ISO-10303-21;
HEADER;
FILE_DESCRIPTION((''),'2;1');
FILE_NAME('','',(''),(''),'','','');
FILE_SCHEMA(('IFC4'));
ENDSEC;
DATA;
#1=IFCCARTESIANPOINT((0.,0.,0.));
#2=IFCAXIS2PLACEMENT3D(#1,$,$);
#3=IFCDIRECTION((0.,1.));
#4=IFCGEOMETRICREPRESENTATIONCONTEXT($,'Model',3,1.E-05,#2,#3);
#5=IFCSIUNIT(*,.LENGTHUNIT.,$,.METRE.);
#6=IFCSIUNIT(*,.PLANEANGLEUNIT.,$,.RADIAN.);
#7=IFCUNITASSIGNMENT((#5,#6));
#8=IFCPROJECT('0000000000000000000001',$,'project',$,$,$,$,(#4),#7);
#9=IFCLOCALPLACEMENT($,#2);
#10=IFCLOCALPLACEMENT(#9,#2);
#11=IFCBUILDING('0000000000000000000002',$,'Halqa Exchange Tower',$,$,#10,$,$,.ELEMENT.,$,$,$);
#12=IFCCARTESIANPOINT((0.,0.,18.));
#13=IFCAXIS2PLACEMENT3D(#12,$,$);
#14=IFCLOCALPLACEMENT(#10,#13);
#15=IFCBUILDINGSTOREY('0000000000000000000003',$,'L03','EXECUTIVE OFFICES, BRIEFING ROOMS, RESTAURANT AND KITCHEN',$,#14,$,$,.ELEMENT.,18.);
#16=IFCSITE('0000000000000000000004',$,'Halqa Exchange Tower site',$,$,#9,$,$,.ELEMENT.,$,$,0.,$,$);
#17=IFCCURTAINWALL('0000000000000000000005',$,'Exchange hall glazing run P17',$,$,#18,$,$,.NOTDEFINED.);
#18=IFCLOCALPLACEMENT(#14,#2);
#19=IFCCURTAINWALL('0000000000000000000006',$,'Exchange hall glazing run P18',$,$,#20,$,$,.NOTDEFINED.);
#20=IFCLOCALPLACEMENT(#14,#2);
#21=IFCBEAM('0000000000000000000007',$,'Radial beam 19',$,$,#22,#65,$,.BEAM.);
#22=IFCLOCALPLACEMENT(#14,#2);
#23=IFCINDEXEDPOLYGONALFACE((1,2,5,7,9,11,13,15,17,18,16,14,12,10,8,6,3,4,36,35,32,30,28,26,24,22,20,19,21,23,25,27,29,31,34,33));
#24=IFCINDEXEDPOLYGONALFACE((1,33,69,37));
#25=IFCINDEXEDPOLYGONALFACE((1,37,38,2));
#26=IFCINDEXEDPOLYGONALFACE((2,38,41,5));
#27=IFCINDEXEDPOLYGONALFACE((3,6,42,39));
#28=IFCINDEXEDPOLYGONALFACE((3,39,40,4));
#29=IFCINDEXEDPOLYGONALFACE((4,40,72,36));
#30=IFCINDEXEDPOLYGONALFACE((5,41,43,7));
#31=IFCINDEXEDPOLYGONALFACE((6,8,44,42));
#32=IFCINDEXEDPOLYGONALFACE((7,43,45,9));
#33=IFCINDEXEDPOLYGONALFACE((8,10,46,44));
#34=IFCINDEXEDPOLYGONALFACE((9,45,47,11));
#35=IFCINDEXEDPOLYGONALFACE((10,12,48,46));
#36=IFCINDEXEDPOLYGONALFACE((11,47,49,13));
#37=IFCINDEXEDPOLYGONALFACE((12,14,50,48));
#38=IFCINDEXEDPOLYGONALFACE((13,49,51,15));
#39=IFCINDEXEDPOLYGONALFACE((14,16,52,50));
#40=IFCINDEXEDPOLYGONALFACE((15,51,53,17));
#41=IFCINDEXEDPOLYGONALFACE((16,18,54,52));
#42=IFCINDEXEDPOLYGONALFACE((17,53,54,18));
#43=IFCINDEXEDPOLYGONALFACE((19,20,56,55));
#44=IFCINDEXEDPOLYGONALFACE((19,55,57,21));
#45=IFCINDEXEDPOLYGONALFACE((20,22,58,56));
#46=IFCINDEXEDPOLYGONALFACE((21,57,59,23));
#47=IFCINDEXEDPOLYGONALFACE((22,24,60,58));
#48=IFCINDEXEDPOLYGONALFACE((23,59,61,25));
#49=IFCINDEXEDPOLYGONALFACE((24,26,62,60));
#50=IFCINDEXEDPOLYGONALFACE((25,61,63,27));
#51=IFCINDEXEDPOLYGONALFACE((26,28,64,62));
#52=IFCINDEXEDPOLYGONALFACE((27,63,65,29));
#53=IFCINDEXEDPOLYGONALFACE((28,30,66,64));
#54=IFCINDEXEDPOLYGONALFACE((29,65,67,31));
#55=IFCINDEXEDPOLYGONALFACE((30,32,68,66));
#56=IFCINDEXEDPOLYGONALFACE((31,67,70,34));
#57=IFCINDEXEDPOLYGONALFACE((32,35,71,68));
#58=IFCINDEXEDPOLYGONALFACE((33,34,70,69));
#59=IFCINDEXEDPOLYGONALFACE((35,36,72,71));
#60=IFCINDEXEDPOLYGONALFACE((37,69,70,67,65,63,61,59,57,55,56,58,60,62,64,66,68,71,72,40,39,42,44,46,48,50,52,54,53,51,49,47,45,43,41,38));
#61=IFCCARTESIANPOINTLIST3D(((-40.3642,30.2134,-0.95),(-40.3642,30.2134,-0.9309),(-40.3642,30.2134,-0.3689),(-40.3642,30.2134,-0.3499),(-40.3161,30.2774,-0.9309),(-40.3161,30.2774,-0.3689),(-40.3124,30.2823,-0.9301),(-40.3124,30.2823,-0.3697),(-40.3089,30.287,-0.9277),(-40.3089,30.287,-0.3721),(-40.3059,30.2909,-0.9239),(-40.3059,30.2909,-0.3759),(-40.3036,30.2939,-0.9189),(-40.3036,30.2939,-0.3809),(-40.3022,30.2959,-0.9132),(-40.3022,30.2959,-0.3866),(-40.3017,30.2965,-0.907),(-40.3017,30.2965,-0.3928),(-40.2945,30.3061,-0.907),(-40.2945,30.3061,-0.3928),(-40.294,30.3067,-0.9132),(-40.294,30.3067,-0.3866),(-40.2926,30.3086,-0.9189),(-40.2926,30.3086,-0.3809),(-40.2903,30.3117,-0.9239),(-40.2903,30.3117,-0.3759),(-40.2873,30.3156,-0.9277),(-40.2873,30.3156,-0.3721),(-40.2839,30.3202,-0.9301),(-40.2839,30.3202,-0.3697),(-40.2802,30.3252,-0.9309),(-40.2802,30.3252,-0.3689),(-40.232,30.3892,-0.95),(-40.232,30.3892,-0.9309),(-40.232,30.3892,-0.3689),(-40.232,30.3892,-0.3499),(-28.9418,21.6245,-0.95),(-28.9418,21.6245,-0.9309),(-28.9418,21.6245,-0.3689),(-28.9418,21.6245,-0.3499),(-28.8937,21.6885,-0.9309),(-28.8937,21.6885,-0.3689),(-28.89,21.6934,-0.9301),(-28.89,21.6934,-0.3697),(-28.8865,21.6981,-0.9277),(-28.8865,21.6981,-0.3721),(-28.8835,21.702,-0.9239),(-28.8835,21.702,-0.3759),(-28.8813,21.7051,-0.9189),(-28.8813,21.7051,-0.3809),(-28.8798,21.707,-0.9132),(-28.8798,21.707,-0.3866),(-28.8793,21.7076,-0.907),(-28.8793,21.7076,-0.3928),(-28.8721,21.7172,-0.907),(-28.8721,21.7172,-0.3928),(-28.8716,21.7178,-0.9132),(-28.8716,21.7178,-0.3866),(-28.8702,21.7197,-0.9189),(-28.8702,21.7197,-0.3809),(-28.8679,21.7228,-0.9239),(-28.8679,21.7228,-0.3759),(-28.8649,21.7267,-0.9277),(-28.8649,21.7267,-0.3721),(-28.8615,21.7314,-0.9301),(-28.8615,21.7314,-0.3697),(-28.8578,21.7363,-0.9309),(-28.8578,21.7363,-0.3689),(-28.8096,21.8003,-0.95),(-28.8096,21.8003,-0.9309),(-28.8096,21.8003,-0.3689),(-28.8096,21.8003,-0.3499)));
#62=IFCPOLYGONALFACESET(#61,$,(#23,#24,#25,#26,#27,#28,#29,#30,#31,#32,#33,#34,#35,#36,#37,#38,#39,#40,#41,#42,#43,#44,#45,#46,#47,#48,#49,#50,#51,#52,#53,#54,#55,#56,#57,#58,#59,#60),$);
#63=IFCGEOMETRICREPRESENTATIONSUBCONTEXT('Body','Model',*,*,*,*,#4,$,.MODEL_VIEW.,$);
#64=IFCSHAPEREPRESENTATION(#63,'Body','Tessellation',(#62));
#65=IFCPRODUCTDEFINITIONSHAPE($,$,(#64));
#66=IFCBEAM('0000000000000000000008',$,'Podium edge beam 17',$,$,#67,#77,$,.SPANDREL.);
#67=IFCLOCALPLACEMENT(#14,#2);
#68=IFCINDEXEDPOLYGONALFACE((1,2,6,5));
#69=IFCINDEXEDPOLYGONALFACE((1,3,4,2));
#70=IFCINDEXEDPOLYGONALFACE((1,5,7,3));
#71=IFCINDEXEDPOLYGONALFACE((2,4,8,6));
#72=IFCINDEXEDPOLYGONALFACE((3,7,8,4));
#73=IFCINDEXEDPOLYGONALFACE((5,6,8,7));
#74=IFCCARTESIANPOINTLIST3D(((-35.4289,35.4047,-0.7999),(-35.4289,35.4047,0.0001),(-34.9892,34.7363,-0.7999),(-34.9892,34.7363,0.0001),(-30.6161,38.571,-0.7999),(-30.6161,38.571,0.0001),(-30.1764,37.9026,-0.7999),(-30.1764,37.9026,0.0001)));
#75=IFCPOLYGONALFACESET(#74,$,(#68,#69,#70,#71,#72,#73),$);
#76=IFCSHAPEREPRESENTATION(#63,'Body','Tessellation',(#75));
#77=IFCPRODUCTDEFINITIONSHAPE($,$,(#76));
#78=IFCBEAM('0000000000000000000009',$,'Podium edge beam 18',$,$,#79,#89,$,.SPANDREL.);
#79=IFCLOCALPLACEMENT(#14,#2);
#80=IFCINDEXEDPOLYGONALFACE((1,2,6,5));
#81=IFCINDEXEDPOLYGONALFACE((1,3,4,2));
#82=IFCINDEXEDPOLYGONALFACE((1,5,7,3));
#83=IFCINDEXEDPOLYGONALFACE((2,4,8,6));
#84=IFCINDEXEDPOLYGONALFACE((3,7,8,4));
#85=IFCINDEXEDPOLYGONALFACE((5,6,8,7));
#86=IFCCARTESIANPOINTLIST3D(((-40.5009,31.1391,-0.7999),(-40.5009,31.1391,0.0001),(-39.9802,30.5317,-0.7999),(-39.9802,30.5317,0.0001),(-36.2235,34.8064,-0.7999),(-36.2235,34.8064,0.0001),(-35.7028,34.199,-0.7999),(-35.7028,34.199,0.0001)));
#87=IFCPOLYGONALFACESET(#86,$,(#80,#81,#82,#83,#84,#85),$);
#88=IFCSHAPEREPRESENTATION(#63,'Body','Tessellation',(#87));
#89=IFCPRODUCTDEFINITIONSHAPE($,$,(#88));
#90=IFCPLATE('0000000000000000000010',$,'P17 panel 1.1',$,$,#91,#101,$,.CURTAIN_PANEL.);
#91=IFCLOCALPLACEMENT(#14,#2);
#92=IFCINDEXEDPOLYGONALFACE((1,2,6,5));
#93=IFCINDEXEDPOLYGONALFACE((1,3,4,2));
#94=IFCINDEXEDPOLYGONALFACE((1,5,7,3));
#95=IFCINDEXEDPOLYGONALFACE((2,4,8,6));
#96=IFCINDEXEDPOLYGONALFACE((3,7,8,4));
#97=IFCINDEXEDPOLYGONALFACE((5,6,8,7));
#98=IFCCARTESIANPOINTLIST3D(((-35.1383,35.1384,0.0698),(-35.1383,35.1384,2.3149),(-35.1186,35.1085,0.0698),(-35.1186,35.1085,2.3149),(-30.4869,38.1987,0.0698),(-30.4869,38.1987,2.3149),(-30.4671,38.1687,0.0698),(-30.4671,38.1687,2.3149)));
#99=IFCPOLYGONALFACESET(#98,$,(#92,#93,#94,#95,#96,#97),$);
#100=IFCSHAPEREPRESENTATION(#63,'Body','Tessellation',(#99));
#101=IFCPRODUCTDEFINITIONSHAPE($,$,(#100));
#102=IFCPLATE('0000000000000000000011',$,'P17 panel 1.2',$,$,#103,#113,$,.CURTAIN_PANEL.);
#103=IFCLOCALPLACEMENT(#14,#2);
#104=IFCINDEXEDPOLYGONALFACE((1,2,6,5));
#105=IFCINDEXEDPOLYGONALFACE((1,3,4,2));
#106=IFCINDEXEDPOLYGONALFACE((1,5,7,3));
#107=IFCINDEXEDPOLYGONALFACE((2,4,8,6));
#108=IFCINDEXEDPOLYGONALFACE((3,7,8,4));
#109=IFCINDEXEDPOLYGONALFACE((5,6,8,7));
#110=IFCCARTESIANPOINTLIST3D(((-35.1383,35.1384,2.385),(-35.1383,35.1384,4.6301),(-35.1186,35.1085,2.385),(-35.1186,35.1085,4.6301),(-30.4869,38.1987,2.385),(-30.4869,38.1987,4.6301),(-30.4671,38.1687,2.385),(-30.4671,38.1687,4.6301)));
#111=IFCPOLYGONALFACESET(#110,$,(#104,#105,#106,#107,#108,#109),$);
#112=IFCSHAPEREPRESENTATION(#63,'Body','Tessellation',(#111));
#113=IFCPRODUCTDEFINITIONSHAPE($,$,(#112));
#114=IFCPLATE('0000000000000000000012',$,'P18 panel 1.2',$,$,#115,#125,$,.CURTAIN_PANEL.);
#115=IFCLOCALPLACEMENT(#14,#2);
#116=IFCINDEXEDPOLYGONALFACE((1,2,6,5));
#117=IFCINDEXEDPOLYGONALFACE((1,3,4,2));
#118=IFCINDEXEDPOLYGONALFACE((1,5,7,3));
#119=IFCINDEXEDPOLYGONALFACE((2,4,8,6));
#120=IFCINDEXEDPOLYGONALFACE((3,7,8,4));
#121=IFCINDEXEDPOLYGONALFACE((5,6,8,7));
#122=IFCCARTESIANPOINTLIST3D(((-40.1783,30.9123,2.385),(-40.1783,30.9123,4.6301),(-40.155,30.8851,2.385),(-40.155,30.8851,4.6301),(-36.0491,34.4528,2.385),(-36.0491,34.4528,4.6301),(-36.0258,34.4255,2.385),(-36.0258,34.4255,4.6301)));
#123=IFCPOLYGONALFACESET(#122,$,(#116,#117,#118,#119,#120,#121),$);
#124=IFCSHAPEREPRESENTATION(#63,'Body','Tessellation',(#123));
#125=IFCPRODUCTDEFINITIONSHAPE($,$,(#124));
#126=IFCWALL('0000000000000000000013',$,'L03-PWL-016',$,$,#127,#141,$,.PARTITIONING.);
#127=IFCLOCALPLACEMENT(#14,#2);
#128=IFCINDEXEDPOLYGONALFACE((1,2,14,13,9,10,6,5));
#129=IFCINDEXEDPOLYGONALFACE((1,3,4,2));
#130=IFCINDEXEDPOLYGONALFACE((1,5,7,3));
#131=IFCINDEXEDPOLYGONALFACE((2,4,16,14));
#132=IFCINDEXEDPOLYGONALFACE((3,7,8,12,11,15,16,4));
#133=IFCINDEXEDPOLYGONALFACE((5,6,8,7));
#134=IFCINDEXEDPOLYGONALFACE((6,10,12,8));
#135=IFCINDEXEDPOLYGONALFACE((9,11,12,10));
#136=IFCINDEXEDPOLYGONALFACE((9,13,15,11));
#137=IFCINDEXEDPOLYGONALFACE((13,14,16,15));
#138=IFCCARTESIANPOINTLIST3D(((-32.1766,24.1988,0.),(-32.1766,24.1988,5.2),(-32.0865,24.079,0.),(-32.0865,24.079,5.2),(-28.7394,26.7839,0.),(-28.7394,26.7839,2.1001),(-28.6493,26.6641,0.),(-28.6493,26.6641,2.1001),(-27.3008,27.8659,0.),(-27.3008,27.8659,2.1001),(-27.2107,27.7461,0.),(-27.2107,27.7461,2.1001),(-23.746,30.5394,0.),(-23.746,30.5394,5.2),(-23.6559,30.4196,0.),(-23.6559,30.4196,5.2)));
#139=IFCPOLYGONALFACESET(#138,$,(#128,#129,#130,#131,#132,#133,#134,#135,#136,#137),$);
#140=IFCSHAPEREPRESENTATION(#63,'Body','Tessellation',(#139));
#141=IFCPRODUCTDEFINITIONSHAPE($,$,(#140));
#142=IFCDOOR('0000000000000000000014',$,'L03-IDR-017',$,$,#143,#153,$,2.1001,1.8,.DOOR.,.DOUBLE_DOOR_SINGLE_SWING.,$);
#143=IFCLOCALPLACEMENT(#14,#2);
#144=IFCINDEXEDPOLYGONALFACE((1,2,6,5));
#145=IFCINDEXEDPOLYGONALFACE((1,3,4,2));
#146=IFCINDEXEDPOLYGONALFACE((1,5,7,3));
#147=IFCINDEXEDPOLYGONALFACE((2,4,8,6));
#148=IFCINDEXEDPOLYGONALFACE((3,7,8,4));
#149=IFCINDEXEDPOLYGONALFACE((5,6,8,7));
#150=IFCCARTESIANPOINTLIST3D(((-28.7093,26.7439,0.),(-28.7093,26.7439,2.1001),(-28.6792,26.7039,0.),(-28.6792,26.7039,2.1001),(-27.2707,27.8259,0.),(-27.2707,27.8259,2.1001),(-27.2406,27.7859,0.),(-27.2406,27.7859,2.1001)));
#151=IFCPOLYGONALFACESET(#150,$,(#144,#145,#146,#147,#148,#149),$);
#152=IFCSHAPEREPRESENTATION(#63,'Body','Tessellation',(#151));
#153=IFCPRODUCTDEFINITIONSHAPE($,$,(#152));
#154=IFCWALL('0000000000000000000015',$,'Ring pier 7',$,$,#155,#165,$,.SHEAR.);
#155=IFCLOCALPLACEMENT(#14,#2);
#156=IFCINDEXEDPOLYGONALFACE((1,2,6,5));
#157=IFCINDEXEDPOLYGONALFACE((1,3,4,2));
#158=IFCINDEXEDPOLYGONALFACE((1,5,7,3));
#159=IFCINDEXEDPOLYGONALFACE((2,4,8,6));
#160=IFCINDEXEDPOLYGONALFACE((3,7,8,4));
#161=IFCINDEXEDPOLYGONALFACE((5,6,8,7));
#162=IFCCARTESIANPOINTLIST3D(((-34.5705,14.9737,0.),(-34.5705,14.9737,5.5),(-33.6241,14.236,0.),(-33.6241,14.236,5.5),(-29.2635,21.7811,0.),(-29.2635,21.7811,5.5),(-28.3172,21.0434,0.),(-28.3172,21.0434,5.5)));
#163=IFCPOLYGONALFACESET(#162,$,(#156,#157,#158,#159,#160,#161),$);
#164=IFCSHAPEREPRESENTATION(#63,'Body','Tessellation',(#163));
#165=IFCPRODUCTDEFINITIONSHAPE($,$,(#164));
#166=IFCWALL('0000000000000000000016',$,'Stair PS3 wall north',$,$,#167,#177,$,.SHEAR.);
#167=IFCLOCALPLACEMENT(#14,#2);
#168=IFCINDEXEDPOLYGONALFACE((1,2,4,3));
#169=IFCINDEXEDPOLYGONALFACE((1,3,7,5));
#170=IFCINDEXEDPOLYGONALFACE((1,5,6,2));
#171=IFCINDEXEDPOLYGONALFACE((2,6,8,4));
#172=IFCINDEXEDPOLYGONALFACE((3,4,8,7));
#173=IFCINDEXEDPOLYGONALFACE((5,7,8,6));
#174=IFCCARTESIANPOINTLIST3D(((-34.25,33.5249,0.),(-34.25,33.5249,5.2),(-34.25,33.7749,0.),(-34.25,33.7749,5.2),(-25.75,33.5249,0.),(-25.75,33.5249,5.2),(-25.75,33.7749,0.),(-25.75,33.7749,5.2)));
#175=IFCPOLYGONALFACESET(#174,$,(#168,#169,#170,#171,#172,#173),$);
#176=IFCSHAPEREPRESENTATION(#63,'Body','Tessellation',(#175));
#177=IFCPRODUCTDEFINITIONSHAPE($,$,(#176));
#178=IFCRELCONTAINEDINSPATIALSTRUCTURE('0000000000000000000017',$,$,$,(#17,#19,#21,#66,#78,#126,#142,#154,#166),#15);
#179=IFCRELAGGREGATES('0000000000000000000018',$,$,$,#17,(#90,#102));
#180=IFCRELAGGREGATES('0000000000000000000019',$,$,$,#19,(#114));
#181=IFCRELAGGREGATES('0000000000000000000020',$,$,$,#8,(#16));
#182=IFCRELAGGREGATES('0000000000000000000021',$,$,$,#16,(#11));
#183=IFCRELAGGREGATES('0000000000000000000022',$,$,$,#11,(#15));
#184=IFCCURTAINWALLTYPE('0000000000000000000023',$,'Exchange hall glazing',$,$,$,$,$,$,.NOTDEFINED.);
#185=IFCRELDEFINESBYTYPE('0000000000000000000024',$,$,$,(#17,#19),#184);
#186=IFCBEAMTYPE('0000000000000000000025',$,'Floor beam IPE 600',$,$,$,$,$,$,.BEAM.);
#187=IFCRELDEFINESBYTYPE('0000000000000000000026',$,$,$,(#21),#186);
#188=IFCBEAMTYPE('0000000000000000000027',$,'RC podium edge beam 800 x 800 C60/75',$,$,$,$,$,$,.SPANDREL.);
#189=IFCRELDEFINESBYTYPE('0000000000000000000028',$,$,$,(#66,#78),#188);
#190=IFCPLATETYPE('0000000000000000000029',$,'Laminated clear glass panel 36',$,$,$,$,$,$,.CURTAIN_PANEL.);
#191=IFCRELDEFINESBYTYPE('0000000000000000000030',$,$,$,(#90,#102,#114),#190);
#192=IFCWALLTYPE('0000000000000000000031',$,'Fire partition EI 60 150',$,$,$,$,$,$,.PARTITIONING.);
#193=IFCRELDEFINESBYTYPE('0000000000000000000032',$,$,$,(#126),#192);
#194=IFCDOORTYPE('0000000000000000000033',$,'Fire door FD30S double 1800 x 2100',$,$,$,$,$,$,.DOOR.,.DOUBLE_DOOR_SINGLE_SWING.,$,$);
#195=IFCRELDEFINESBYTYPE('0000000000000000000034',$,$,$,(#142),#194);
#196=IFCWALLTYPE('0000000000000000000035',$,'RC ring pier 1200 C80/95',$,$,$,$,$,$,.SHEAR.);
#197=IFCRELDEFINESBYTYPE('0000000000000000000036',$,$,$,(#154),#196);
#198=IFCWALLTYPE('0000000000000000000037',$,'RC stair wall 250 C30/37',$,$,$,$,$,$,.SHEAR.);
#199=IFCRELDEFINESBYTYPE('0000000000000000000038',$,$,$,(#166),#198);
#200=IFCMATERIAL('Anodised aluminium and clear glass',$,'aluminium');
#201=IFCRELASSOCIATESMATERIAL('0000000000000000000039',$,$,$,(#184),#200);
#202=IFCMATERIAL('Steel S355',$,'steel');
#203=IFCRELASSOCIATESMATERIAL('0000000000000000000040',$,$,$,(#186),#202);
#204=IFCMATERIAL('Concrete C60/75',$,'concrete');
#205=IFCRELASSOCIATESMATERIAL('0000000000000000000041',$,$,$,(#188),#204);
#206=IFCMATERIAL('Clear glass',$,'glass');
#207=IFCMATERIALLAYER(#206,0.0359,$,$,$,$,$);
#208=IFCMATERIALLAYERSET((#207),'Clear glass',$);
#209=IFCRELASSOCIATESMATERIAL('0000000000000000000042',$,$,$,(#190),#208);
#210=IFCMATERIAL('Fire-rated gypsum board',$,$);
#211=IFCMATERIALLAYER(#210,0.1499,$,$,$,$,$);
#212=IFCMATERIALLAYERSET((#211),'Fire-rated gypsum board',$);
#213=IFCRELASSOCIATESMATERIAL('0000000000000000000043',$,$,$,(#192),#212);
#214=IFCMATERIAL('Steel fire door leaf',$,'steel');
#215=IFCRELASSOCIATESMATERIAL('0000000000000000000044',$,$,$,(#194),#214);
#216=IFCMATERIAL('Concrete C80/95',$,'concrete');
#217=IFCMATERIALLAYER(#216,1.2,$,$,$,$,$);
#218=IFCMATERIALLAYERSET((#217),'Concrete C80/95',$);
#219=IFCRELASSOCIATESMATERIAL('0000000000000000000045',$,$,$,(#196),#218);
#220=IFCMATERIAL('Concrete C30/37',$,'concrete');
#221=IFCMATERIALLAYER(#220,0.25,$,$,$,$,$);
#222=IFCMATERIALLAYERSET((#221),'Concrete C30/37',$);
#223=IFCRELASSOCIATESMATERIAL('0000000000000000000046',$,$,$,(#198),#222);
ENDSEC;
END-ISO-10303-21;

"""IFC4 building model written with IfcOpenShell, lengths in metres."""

from ifc_helpers import new_model, si_unit, direction, frame, frame_2d, origin, origin_2d, place, context, subcontext, project, spatial, rectangle, i_section, extrude, material, layer, layer_set, material_profile, profile_set, type_object, element, fill, aggregate, save


model = new_model("IFC4")

# Units and contexts
model_context = context("Model", 3, precision=1e-05, world=origin(), true_north=direction((0.0, 1.0)))
body_context = subcontext(model_context, "Body", "Model", "MODEL_VIEW")
ifc_project = project(units=[si_unit("LENGTHUNIT", "METRE"), si_unit("PLANEANGLEUNIT", "RADIAN")], contexts=[model_context])

# Site, building, storey
site_placement = place(None, origin())
site = spatial("IfcSite", under=ifc_project, at=site_placement, Name="Halqa Exchange Tower site", CompositionType="ELEMENT", RefElevation=0.0)
building_placement = place(site_placement, origin())
building = spatial("IfcBuilding", under=site, at=building_placement, Name="Halqa Exchange Tower", CompositionType="ELEMENT")
storey_placement = place(building_placement, frame((0.0, 0.0, 18.0)))
storey = spatial("IfcBuildingStorey", under=building, at=storey_placement, Name="L03", Description="EXECUTIVE OFFICES, BRIEFING ROOMS, RESTAURANT AND KITCHEN", CompositionType="ELEMENT", Elevation=18.0)

# Shared definitions
ifc_material_1 = material(Name="Concrete C60/75", Category="concrete")

# Shared definitions
ifc_material_2 = material(Name="Anodised aluminium and clear glass", Category="aluminium")
curtain_wall_type = type_object("IfcCurtainWallType", Name="Exchange hall glazing", PredefinedType="NOTDEFINED", material=ifc_material_2)

# Curtain wall
curtain_wall_1_placement = place(storey_placement, origin())
curtain_wall_1 = element("IfcCurtainWall", 1, at=curtain_wall_1_placement, inside=storey, type_object=curtain_wall_type, Name="Exchange hall glazing run P17", PredefinedType="NOTDEFINED")

# Curtain wall
curtain_wall_2_placement = place(storey_placement, origin())
curtain_wall_2 = element("IfcCurtainWall", 2, at=curtain_wall_2_placement, inside=storey, type_object=curtain_wall_type, Name="Exchange hall glazing run P18", PredefinedType="NOTDEFINED")

# Beams
ifc_material_3 = material(Name="Steel S355", Category="steel")
ifc_material_profile_1 = material_profile(ifc_material_3, i_section(OverallWidth=0.22, OverallDepth=0.6001, WebThickness=0.012, FlangeThickness=0.019, FilletRadius=0.0239, at=origin_2d()), Name="IPE 600")
ifc_profile_set_1 = profile_set([ifc_material_profile_1], Name="Steel S355")
beam_type_1 = type_object("IfcBeamType", Name="Floor beam IPE 600", PredefinedType="BEAM", material=ifc_profile_set_1)
beam_1_placement = place(storey_placement, frame((-28.8757, 21.7124, -0.6499), z_axis=(-0.799257, 0.600989, 0.0), x_axis=(-0.600989, -0.799257, 0.0)))
element("IfcBeam", 3, at=beam_1_placement, inside=storey, type_object=beam_type_1, Name="Radial beam 19", PredefinedType="BEAM", context=body_context, shape_type="SweptSolid", body=[
    extrude(i_section(OverallWidth=0.22, OverallDepth=0.6001, WebThickness=0.012, FlangeThickness=0.019, FilletRadius=0.0239, at=origin_2d()), origin(), (0.0, 0.0, 1.0), 14.2913),
])
ifc_material_profile_2 = material_profile(ifc_material_1, rectangle(XDim=0.8, YDim=0.8, at=origin_2d()), Name="800 x 800")
ifc_profile_set_2 = profile_set([ifc_material_profile_2], Name="Concrete C60/75")
beam_type_2 = type_object("IfcBeamType", Name="RC podium edge beam 800 x 800 C60/75", PredefinedType="SPANDREL", material=ifc_profile_set_2)
beam_2_placement = place(storey_placement, frame((-30.3962, 38.2368, -0.3999), z_axis=(-0.835419, -0.549614, 0.0), x_axis=(0.549614, -0.835419, 0.0)))
element("IfcBeam", 4, at=beam_2_placement, inside=storey, type_object=beam_type_2, Name="Podium edge beam 17", PredefinedType="SPANDREL", context=body_context, shape_type="SweptSolid", body=[
    extrude(rectangle(XDim=0.8, YDim=0.8, at=origin_2d()), origin(), (0.0, 0.0, 1.0), 5.761),
])
beam_3_placement = place(storey_placement, frame((-35.9631, 34.5027, -0.3999), z_axis=(-0.759174, -0.650888, 0.0), x_axis=(0.650888, -0.759174, 0.0)))
element("IfcBeam", 5, at=beam_3_placement, inside=storey, type_object=beam_type_2, Name="Podium edge beam 18", PredefinedType="SPANDREL", context=body_context, shape_type="SweptSolid", body=[
    extrude(rectangle(XDim=0.8, YDim=0.8, at=origin_2d()), origin(), (0.0, 0.0, 1.0), 5.6343),
])

# Plates
ifc_material_4 = material(Name="Clear glass", Category="glass")
ifc_layer_1 = layer(ifc_material_4, 0.0359)
ifc_layer_set_1 = layer_set([ifc_layer_1], Name="Clear glass")
plate_type = type_object("IfcPlateType", Name="Laminated clear glass panel 36", PredefinedType="CURTAIN_PANEL", material=ifc_layer_set_1)
plate_1_placement = place(storey_placement, frame((-32.8027, 36.6536, 0.0698), z_axis=(0.0, 0.0, 1.0), x_axis=(-0.835415, -0.54962, 0.0)))
plate_1 = element("IfcPlate", 6, at=plate_1_placement, type_object=plate_type, Name="P17 panel 1.1", PredefinedType="CURTAIN_PANEL", context=body_context, shape_type="SweptSolid", body=[
    extrude(rectangle(XDim=5.5679, YDim=0.0359, at=origin_2d()), origin(), (0.0, 0.0, 1.0), 2.2451),
])
plate_2_placement = place(storey_placement, frame((-32.8027, 36.6536, 2.385), z_axis=(0.0, 0.0, 1.0), x_axis=(-0.835415, -0.54962, 0.0)))
plate_2 = element("IfcPlate", 7, at=plate_2_placement, type_object=plate_type, Name="P17 panel 1.2", PredefinedType="CURTAIN_PANEL", context=body_context, shape_type="SweptSolid", body=[
    extrude(rectangle(XDim=5.5679, YDim=0.0359, at=origin_2d()), origin(), (0.0, 0.0, 1.0), 2.2451),
])
aggregate(curtain_wall_1, [plate_1, plate_2])
plate_3_placement = place(storey_placement, frame((-38.1021, 32.6689, 2.385), z_axis=(0.0, 0.0, 1.0), x_axis=(-0.759154, -0.650911, 0.0)))
plate_3 = element("IfcPlate", 8, at=plate_3_placement, type_object=plate_type, Name="P18 panel 1.2", PredefinedType="CURTAIN_PANEL", context=body_context, shape_type="SweptSolid", body=[
    extrude(rectangle(XDim=5.4392, YDim=0.0359, at=origin_2d()), origin(), (0.0, 0.0, 1.0), 2.2451),
])
aggregate(curtain_wall_2, [plate_3])

# Wall, opening, door
ifc_material_5 = material(Name="Fire-rated gypsum board")
ifc_layer_2 = layer(ifc_material_5, 0.1499)
ifc_layer_set_2 = layer_set([ifc_layer_2], Name="Fire-rated gypsum board")
wall_type_1 = type_object("IfcWallType", Name="Fire partition EI 60 150", PredefinedType="PARTITIONING", material=ifc_layer_set_2)
wall_1_placement = place(storey_placement, frame((-32.1316, 24.1389, 0.0), z_axis=(0.0, 0.0, 1.0), x_axis=(0.799199, 0.601066, 0.0)))
wall_1 = element("IfcWall", 9, at=wall_1_placement, inside=storey, type_object=wall_type_1, Name="L03-PWL-016", PredefinedType="PARTITIONING", context=body_context, shape_type="SweptSolid", body=[
    extrude(rectangle(XDim=10.5488, YDim=0.1499, at=frame_2d((5.2744, 0.0))), origin(), (0.0, 0.0, 1.0), 5.2),
])
opening_placement = place(wall_1_placement, frame((4.301, 0.0, 0.0)))
opening = element("IfcOpeningElement", 10, at=opening_placement, cuts=wall_1, PredefinedType="OPENING", context=body_context, shape_type="SweptSolid", body=[
    extrude(rectangle(XDim=1.8, YDim=2.1001, at=frame_2d((0.8999, 1.05))), frame((0.0, 0.0869, 0.0), z_axis=(0.0, -1.0, 0.0), x_axis=(1.0, 0.0, 0.0)), (0.0, 0.0, 1.0), 0.1738),
])
ifc_material_6 = material(Name="Steel fire door leaf", Category="steel")
door_type = type_object("IfcDoorType", Name="Fire door FD30S double 1800 x 2100", OperationType="DOUBLE_DOOR_SINGLE_SWING", PredefinedType="DOOR", material=ifc_material_6)
door_placement = place(opening_placement, origin())
door = element("IfcDoor", 11, at=door_placement, inside=storey, type_object=door_type, Name="L03-IDR-017", OperationType="DOUBLE_DOOR_SINGLE_SWING", OverallHeight=2.1001, OverallWidth=1.8, PredefinedType="DOOR", context=body_context, shape_type="SweptSolid", body=[
    extrude(rectangle(XDim=1.8, YDim=2.1001, at=frame_2d((0.8999, 1.05))), frame((0.0, 0.0249, 0.0), z_axis=(0.0, -1.0, 0.0), x_axis=(1.0, 0.0, 0.0)), (0.0, 0.0, 1.0), 0.05),
])
fill(opening, door)

# Walls
ifc_material_7 = material(Name="Concrete C80/95", Category="concrete")
ifc_layer_3 = layer(ifc_material_7, 1.2)
ifc_layer_set_3 = layer_set([ifc_layer_3], Name="Concrete C80/95")
wall_type_2 = type_object("IfcWallType", Name="RC ring pier 1200 C80/95", PredefinedType="SHEAR", material=ifc_layer_set_3)
wall_2_placement = place(storey_placement, frame((-28.7903, 21.4124, 0.0), z_axis=(0.0, 0.0, 1.0), x_axis=(-0.614825, -0.788663, 0.0)))
element("IfcWall", 12, at=wall_2_placement, inside=storey, type_object=wall_type_2, Name="Ring pier 7", PredefinedType="SHEAR", context=body_context, shape_type="SweptSolid", body=[
    extrude(rectangle(XDim=8.6316, YDim=1.2, at=frame_2d((4.3159, 0.0))), origin(), (0.0, 0.0, 1.0), 5.5),
])
ifc_material_8 = material(Name="Concrete C30/37", Category="concrete")
ifc_layer_4 = layer(ifc_material_8, 0.25)
ifc_layer_set_4 = layer_set([ifc_layer_4], Name="Concrete C30/37")
wall_type_3 = type_object("IfcWallType", Name="RC stair wall 250 C30/37", PredefinedType="SHEAR", material=ifc_layer_set_4)
for number, where, z_axis, x_axis, name in (
    (13, (-34.25, 33.6499, 0.0), (0.0, 0.0, 1.0), (1.0, 0.0, 0.0), "Stair PS3 wall north"),
):
    element("IfcWall", number, at=place(storey_placement, frame(where, z_axis=z_axis, x_axis=x_axis)), inside=storey, type_object=wall_type_3, Name=name, PredefinedType="SHEAR", context=body_context, shape_type="SweptSolid", body=[
        extrude(rectangle(XDim=8.5, YDim=0.25, at=frame_2d((4.25, 0.0))), origin(), (0.0, 0.0, 1.0), 5.2),
    ])

save(model, "model.ifc")
